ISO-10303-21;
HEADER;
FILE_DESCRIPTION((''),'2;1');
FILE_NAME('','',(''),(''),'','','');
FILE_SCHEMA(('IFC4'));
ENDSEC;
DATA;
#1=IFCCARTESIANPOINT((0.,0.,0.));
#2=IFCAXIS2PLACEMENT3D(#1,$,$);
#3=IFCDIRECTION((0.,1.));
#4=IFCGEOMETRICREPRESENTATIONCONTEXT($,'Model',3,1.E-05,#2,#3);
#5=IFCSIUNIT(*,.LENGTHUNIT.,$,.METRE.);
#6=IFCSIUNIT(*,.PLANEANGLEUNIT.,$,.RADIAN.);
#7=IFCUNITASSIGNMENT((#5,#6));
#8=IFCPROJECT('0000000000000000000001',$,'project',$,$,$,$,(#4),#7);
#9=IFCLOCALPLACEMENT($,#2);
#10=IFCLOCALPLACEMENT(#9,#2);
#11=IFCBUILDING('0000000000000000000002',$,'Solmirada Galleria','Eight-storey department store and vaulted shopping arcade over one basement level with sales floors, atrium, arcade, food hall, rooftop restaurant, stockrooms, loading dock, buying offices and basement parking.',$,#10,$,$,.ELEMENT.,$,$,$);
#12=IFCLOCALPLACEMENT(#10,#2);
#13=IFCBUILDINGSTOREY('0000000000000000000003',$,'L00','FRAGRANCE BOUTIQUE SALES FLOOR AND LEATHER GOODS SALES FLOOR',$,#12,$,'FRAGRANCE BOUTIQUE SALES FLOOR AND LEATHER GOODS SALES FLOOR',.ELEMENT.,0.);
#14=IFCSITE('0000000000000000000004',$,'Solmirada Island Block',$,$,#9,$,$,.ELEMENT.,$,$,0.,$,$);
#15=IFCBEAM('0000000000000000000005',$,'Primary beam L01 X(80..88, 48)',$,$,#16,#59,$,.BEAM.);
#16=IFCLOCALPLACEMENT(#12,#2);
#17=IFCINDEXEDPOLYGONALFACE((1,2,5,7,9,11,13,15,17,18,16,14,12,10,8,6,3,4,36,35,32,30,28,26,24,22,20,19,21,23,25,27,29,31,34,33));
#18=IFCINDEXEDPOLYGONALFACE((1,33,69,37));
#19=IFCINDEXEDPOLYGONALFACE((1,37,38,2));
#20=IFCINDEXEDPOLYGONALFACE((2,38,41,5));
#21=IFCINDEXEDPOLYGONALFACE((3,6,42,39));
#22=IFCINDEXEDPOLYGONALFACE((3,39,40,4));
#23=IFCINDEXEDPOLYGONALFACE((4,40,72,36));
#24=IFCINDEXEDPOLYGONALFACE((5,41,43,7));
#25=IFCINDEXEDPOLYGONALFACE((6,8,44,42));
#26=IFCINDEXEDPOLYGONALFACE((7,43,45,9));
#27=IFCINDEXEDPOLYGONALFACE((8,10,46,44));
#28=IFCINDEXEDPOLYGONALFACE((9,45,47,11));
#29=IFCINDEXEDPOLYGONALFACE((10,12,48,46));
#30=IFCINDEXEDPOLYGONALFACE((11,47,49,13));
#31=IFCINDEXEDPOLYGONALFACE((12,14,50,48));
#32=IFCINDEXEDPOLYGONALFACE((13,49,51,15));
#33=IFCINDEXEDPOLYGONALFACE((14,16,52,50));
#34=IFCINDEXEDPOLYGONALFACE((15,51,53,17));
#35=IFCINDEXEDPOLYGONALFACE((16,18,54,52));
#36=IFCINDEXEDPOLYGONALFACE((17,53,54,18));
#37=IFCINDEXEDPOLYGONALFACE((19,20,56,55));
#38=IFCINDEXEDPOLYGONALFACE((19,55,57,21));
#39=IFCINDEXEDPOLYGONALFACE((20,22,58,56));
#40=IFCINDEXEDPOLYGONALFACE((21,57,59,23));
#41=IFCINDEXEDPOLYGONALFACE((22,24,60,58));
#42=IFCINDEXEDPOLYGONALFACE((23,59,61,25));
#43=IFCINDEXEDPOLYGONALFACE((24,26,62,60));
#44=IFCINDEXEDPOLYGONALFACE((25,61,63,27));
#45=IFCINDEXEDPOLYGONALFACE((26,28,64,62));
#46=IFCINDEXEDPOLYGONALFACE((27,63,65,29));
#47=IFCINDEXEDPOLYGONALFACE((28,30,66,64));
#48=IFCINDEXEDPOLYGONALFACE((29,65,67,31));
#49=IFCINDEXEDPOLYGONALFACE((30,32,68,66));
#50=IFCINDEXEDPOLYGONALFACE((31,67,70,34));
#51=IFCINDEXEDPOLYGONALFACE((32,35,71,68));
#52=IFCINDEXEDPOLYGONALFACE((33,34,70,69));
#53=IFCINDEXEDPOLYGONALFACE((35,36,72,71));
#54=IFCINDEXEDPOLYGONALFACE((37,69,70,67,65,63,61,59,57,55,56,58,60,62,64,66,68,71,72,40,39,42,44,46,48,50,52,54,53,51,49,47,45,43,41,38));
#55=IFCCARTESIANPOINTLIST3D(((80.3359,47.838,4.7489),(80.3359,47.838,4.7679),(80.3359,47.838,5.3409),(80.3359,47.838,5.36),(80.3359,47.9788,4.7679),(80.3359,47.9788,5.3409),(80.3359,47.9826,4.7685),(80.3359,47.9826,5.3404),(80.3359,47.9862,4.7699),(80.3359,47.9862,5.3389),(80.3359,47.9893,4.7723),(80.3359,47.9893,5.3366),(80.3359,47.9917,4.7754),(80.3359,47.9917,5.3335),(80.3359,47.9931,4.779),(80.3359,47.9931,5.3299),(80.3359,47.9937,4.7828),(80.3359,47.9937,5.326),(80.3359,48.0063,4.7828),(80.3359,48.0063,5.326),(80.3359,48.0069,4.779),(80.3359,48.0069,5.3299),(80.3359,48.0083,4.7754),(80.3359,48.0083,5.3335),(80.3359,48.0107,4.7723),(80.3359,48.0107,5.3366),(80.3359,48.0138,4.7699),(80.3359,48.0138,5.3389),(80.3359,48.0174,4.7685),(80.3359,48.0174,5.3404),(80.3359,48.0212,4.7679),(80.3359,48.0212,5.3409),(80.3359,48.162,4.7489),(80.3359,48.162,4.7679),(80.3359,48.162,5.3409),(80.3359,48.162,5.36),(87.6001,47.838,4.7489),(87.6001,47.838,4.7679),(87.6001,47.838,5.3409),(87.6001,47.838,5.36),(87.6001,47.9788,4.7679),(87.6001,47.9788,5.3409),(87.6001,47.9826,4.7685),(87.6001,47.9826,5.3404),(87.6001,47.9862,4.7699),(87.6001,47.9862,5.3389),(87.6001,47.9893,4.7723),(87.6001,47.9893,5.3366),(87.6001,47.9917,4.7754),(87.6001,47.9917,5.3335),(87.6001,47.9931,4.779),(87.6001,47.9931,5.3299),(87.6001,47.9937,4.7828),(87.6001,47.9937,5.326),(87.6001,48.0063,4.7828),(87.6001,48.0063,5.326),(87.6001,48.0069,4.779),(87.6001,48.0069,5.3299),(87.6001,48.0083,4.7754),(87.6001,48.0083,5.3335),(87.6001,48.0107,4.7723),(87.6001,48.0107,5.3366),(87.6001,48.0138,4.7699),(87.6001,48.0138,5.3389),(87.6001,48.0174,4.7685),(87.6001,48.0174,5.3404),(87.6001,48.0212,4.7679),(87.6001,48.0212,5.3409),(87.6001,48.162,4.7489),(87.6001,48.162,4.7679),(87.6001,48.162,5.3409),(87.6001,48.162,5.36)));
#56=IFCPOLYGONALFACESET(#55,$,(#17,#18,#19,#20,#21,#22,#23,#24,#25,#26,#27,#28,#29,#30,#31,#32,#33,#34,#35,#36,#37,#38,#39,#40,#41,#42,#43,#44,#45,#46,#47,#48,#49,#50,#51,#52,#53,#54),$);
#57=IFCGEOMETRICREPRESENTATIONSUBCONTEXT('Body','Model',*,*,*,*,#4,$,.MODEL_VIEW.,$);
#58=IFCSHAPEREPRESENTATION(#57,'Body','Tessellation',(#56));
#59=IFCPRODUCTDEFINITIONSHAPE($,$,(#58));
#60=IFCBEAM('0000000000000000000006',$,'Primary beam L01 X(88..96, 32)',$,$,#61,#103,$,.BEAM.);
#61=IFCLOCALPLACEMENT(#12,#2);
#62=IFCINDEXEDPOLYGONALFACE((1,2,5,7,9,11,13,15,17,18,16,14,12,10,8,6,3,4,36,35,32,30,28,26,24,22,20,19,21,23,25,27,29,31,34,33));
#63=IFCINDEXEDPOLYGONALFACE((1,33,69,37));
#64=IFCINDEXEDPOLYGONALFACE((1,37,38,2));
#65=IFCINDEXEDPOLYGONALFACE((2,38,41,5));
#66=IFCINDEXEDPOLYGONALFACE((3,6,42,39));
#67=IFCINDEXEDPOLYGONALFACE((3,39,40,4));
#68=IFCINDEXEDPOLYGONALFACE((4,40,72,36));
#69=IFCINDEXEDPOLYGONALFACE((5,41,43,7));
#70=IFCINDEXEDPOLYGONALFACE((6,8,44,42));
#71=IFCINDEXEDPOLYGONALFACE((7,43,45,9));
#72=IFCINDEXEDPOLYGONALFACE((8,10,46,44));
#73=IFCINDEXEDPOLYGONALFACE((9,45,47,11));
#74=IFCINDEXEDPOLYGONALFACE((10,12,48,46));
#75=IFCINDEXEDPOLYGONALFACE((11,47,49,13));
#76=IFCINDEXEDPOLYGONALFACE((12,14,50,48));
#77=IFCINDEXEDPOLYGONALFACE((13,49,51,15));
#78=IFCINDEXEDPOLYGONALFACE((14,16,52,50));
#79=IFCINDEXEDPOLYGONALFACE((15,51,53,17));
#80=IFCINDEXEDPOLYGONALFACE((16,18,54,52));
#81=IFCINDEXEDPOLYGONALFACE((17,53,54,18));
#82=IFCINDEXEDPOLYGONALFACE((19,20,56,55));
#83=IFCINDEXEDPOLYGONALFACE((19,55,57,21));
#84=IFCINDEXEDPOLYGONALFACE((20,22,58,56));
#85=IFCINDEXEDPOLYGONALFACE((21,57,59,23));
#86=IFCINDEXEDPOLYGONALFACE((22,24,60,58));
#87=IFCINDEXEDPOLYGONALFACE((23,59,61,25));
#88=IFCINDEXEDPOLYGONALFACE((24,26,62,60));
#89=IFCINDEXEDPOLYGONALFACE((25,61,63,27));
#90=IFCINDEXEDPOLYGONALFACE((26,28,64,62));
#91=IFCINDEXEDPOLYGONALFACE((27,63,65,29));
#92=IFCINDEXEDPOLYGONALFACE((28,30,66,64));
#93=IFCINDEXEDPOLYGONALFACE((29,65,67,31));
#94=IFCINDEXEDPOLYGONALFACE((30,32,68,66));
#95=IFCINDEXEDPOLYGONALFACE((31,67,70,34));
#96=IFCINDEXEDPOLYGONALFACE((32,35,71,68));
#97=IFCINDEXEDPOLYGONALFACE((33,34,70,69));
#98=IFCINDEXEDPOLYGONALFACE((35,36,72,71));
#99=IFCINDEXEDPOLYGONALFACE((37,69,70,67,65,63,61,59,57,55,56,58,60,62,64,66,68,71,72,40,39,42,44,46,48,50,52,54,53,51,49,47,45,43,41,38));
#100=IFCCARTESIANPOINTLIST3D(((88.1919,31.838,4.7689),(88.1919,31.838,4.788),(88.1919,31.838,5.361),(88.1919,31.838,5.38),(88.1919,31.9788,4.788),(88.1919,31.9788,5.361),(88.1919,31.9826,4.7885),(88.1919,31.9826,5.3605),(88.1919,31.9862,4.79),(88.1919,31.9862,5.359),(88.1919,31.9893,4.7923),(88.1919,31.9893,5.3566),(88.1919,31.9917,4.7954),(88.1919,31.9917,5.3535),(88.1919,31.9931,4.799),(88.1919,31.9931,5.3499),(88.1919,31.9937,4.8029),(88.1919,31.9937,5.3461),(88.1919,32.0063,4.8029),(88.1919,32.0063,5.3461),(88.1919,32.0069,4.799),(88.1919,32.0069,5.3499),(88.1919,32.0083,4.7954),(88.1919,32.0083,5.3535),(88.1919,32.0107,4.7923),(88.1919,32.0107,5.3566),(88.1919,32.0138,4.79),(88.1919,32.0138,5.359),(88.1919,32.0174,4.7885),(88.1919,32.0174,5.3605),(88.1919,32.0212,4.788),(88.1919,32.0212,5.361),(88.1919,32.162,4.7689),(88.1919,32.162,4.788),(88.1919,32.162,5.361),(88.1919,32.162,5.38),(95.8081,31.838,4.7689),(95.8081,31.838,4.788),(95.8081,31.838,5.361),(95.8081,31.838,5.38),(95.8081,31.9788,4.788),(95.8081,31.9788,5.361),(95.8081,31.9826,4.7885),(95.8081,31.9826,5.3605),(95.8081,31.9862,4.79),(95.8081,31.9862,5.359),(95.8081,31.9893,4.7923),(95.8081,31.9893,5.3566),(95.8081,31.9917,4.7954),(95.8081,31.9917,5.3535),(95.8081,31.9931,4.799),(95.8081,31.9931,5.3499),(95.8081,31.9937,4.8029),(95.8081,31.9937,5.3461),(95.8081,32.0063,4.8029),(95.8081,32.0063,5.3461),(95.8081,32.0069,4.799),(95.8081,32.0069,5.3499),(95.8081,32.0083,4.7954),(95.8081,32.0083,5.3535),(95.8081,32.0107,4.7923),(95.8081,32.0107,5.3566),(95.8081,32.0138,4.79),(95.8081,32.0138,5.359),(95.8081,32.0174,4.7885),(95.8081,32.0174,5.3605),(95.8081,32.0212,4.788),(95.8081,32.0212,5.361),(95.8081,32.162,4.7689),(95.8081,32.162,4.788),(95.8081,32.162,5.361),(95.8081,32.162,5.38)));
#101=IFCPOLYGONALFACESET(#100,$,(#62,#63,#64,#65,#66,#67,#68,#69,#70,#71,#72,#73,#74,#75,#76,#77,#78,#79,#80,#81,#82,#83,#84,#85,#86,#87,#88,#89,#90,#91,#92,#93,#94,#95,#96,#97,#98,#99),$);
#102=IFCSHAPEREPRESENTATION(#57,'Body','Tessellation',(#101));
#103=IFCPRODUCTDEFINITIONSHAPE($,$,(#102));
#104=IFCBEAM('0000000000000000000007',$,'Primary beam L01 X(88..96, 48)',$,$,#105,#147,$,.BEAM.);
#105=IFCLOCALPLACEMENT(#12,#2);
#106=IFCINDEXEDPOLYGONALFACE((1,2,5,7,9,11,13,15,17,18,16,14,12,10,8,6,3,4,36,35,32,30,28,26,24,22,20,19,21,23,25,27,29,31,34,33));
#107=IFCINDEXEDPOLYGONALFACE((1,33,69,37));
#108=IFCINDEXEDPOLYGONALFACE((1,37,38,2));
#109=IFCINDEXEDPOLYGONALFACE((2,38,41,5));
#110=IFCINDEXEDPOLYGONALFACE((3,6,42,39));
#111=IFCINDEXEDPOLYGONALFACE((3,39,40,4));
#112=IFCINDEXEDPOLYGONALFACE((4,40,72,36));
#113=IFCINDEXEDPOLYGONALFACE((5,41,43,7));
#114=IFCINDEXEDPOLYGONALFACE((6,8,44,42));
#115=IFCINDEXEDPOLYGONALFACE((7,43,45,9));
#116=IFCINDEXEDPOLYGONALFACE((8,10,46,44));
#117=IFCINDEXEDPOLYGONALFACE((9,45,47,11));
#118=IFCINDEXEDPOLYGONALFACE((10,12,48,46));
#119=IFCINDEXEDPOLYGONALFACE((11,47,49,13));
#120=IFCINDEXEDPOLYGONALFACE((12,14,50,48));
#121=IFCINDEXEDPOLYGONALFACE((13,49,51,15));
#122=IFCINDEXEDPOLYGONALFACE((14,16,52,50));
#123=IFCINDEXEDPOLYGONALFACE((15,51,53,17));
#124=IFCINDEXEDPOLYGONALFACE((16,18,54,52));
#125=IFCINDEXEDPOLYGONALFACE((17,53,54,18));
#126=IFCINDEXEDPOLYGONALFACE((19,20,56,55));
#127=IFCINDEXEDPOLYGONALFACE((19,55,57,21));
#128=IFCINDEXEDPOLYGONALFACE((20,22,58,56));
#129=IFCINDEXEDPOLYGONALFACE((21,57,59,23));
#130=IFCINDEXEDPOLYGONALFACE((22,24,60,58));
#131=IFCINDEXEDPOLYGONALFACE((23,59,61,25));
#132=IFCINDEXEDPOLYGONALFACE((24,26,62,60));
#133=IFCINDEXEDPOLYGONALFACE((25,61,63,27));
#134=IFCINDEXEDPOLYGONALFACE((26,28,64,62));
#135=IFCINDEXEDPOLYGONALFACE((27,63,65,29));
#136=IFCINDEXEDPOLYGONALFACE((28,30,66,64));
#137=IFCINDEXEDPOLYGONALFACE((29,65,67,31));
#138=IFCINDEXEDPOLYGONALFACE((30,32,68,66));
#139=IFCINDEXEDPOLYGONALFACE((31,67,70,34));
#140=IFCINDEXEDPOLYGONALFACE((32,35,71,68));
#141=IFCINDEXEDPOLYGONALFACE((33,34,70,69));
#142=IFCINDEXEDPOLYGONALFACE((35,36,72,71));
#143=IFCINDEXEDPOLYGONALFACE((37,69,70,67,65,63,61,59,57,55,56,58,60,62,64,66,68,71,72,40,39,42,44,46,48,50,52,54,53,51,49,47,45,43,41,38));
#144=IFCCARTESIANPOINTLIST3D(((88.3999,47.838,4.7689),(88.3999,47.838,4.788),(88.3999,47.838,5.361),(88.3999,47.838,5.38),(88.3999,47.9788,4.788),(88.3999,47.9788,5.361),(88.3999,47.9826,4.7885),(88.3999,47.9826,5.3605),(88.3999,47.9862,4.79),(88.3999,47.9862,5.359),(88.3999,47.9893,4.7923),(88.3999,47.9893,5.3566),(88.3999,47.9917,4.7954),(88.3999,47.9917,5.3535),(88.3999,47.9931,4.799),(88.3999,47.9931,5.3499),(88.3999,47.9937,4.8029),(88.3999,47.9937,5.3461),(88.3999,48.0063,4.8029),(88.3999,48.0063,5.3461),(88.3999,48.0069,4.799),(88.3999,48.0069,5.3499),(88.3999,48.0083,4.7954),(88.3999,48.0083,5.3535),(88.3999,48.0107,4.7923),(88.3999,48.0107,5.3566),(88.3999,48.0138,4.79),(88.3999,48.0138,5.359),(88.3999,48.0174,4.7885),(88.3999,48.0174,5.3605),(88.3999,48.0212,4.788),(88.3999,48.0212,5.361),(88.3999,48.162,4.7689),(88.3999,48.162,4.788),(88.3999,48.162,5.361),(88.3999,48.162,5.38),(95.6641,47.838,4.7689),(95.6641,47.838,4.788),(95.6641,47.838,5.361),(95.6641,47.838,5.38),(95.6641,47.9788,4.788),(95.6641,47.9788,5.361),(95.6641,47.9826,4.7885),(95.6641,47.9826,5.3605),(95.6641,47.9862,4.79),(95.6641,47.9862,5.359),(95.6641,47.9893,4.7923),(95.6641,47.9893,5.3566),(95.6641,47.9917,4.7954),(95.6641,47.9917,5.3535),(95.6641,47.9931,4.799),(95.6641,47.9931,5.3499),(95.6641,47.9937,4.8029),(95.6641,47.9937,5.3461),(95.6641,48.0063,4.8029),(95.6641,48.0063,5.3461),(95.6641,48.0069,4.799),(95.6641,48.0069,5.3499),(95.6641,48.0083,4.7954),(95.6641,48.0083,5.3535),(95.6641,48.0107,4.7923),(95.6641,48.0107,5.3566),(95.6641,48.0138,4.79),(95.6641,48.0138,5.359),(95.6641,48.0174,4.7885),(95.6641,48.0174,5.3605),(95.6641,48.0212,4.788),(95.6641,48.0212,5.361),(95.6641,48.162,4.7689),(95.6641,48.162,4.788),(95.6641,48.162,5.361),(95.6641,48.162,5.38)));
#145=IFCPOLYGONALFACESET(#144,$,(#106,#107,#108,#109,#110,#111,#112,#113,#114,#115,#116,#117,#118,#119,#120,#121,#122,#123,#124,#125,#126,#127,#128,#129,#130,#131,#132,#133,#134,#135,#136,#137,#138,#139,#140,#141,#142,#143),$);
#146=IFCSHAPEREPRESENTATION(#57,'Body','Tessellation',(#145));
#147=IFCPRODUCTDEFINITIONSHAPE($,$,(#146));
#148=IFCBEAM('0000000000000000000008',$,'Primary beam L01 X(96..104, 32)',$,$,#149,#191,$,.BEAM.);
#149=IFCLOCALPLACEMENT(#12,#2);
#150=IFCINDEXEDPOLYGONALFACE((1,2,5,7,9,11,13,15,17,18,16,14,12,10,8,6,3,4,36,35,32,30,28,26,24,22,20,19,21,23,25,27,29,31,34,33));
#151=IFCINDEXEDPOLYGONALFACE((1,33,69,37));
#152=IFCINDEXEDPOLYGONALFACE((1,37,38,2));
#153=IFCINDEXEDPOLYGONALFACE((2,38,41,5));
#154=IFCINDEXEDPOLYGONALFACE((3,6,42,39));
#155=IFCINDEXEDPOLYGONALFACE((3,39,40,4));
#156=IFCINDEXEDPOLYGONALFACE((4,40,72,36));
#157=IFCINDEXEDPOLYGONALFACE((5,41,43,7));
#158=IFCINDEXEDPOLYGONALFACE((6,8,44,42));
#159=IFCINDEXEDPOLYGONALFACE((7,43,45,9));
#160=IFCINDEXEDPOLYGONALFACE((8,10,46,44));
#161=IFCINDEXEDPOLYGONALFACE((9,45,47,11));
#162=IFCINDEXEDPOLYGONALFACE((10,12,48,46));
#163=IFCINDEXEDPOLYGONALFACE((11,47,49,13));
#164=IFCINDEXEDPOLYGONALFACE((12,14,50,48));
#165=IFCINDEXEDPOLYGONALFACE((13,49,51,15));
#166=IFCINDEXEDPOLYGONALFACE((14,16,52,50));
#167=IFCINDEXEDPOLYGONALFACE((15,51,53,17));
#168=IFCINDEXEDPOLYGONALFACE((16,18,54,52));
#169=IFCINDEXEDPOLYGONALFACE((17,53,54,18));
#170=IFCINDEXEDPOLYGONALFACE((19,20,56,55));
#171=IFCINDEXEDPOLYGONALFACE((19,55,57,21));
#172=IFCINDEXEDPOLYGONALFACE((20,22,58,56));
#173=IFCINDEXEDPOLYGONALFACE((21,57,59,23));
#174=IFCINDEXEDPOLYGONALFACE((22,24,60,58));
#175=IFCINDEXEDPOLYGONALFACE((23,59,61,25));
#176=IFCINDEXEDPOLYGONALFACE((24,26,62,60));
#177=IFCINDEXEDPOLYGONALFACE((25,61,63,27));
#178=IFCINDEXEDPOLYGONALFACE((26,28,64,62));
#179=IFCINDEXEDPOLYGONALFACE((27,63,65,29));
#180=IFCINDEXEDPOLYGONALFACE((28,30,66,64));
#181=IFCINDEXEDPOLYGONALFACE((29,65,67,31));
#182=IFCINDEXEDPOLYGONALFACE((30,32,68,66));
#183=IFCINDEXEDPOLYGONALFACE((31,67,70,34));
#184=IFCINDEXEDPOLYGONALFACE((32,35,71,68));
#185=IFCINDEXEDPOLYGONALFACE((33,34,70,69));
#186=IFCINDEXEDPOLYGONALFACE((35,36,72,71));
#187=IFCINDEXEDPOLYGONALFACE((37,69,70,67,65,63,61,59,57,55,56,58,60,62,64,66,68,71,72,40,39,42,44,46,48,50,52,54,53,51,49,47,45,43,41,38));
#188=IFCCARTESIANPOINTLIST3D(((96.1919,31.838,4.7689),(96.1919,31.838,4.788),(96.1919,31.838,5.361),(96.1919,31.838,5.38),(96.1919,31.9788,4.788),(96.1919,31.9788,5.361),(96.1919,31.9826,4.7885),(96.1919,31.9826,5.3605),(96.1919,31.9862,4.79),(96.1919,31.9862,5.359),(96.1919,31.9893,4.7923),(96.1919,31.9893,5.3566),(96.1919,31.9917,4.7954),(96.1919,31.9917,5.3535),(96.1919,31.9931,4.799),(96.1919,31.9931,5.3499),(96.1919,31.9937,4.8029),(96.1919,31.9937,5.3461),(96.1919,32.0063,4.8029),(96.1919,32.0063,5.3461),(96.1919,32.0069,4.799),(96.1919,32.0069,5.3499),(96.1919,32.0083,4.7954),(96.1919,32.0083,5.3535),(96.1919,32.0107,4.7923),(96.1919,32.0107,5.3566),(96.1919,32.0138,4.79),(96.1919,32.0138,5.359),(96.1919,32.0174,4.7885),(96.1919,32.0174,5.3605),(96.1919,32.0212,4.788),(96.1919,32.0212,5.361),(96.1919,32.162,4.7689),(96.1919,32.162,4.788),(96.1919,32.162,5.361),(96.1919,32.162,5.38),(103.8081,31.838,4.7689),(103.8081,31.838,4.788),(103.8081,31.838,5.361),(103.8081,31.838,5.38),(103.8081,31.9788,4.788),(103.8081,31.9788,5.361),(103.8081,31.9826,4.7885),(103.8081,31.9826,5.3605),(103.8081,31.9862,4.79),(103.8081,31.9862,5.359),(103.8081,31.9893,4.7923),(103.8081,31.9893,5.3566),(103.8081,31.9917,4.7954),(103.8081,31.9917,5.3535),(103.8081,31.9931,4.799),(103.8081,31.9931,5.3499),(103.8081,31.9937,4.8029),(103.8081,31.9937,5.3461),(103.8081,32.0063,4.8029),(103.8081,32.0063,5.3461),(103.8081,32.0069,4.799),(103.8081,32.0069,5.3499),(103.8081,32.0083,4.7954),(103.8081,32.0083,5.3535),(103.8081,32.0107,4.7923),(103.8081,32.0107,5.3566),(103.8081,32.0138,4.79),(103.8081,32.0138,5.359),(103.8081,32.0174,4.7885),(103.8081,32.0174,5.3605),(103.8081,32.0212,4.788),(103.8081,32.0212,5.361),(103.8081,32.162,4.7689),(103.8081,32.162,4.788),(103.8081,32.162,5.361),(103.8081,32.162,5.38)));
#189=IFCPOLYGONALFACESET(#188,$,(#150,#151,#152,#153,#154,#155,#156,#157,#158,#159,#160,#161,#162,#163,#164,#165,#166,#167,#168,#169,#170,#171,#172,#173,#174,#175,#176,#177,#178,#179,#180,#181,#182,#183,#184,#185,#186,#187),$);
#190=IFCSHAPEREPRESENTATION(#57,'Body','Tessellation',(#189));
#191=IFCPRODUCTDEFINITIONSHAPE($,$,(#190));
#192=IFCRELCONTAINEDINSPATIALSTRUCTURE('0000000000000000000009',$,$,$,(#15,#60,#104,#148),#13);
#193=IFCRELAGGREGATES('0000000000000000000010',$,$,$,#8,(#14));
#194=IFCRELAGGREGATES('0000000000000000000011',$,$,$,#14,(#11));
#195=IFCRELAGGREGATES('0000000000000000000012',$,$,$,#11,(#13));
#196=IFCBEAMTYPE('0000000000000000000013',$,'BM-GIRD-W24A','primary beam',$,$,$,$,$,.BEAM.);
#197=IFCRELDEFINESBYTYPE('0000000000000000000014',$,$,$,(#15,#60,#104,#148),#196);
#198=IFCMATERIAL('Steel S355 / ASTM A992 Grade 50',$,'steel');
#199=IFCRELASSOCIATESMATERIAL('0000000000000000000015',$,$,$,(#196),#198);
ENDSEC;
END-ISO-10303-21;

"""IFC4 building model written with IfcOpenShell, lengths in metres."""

from ifc_helpers import new_model, si_unit, direction, frame, origin, origin_2d, place, context, subcontext, project, spatial, i_section, extrude, material, material_profile, profile_set, type_object, element, save


model = new_model("IFC4")

# Units and contexts
model_context = context("Model", 3, precision=1e-05, world=origin(), true_north=direction((0.0, 1.0)))
body_context = subcontext(model_context, "Body", "Model", "MODEL_VIEW")
ifc_project = project(units=[si_unit("LENGTHUNIT", "METRE"), si_unit("PLANEANGLEUNIT", "RADIAN")], contexts=[model_context])

# Site, building, storey
site_placement = place(None, origin())
site = spatial("IfcSite", under=ifc_project, at=site_placement, Name="Solmirada Island Block", CompositionType="ELEMENT", RefElevation=0.0)
building_placement = place(site_placement, origin())
building = spatial("IfcBuilding", under=site, at=building_placement, Name="Solmirada Galleria", Description="Eight-storey department store and vaulted shopping arcade over one basement level with sales floors, atrium, arcade, food hall, rooftop restaurant, stockrooms, loading dock, buying offices and basement parking.", CompositionType="ELEMENT")
storey_placement = place(building_placement, origin())
storey = spatial("IfcBuildingStorey", under=building, at=storey_placement, Name="L00", Description="FRAGRANCE BOUTIQUE SALES FLOOR AND LEATHER GOODS SALES FLOOR", LongName="FRAGRANCE BOUTIQUE SALES FLOOR AND LEATHER GOODS SALES FLOOR", CompositionType="ELEMENT", Elevation=0.0)

# Beams
ifc_material_1 = material(Name="Steel S355 / ASTM A992 Grade 50", Category="steel")
ifc_material_profile_1 = material_profile(ifc_material_1, i_section(OverallWidth=0.324, OverallDepth=0.6111, WebThickness=0.0127, FlangeThickness=0.019, FilletRadius=0.0149, at=origin_2d()), Name="W24X104")
ifc_profile_set_1 = profile_set([ifc_material_profile_1], Name="Steel S355 / ASTM A992 Grade 50")
beam_type_1 = type_object("IfcBeamType", Name="BM-GIRD-W24A", Description="primary beam", PredefinedType="BEAM", material=ifc_profile_set_1)
beam_1_placement = place(storey_placement, frame((80.3359, 48.0, 5.0544), z_axis=(1.0, 0.0, 0.0), x_axis=(0.0, 1.0, 0.0)))
element("IfcBeam", 1, at=beam_1_placement, inside=storey, type_object=beam_type_1, Name="Primary beam L01 X(80..88, 48)", PredefinedType="BEAM", context=body_context, shape_type="SweptSolid", body=[
    extrude(i_section(OverallWidth=0.324, OverallDepth=0.6111, WebThickness=0.0127, FlangeThickness=0.019, FilletRadius=0.0149, at=origin_2d()), origin(), (0.0, 0.0, 1.0), 7.2642),
])
beam_2_placement = place(storey_placement, frame((88.1919, 32.0, 5.0745), z_axis=(1.0, 0.0, 0.0), x_axis=(0.0, 1.0, 0.0)))
element("IfcBeam", 2, at=beam_2_placement, inside=storey, type_object=beam_type_1, Name="Primary beam L01 X(88..96, 32)", PredefinedType="BEAM", context=body_context, shape_type="SweptSolid", body=[
    extrude(i_section(OverallWidth=0.324, OverallDepth=0.6111, WebThickness=0.0127, FlangeThickness=0.019, FilletRadius=0.0149, at=origin_2d()), origin(), (0.0, 0.0, 1.0), 7.6162),
])
beam_3_placement = place(storey_placement, frame((88.3999, 48.0, 5.0745), z_axis=(1.0, 0.0, 0.0), x_axis=(0.0, 1.0, 0.0)))
element("IfcBeam", 3, at=beam_3_placement, inside=storey, type_object=beam_type_1, Name="Primary beam L01 X(88..96, 48)", PredefinedType="BEAM", context=body_context, shape_type="SweptSolid", body=[
    extrude(i_section(OverallWidth=0.324, OverallDepth=0.6111, WebThickness=0.0127, FlangeThickness=0.019, FilletRadius=0.0149, at=origin_2d()), origin(), (0.0, 0.0, 1.0), 7.2642),
])
beam_4_placement = place(storey_placement, frame((96.1919, 32.0, 5.0745), z_axis=(1.0, 0.0, 0.0), x_axis=(0.0, 1.0, 0.0)))
element("IfcBeam", 4, at=beam_4_placement, inside=storey, type_object=beam_type_1, Name="Primary beam L01 X(96..104, 32)", PredefinedType="BEAM", context=body_context, shape_type="SweptSolid", body=[
    extrude(i_section(OverallWidth=0.324, OverallDepth=0.6111, WebThickness=0.0127, FlangeThickness=0.019, FilletRadius=0.0149, at=origin_2d()), origin(), (0.0, 0.0, 1.0), 7.6162),
])

save(model, "model.ifc")
